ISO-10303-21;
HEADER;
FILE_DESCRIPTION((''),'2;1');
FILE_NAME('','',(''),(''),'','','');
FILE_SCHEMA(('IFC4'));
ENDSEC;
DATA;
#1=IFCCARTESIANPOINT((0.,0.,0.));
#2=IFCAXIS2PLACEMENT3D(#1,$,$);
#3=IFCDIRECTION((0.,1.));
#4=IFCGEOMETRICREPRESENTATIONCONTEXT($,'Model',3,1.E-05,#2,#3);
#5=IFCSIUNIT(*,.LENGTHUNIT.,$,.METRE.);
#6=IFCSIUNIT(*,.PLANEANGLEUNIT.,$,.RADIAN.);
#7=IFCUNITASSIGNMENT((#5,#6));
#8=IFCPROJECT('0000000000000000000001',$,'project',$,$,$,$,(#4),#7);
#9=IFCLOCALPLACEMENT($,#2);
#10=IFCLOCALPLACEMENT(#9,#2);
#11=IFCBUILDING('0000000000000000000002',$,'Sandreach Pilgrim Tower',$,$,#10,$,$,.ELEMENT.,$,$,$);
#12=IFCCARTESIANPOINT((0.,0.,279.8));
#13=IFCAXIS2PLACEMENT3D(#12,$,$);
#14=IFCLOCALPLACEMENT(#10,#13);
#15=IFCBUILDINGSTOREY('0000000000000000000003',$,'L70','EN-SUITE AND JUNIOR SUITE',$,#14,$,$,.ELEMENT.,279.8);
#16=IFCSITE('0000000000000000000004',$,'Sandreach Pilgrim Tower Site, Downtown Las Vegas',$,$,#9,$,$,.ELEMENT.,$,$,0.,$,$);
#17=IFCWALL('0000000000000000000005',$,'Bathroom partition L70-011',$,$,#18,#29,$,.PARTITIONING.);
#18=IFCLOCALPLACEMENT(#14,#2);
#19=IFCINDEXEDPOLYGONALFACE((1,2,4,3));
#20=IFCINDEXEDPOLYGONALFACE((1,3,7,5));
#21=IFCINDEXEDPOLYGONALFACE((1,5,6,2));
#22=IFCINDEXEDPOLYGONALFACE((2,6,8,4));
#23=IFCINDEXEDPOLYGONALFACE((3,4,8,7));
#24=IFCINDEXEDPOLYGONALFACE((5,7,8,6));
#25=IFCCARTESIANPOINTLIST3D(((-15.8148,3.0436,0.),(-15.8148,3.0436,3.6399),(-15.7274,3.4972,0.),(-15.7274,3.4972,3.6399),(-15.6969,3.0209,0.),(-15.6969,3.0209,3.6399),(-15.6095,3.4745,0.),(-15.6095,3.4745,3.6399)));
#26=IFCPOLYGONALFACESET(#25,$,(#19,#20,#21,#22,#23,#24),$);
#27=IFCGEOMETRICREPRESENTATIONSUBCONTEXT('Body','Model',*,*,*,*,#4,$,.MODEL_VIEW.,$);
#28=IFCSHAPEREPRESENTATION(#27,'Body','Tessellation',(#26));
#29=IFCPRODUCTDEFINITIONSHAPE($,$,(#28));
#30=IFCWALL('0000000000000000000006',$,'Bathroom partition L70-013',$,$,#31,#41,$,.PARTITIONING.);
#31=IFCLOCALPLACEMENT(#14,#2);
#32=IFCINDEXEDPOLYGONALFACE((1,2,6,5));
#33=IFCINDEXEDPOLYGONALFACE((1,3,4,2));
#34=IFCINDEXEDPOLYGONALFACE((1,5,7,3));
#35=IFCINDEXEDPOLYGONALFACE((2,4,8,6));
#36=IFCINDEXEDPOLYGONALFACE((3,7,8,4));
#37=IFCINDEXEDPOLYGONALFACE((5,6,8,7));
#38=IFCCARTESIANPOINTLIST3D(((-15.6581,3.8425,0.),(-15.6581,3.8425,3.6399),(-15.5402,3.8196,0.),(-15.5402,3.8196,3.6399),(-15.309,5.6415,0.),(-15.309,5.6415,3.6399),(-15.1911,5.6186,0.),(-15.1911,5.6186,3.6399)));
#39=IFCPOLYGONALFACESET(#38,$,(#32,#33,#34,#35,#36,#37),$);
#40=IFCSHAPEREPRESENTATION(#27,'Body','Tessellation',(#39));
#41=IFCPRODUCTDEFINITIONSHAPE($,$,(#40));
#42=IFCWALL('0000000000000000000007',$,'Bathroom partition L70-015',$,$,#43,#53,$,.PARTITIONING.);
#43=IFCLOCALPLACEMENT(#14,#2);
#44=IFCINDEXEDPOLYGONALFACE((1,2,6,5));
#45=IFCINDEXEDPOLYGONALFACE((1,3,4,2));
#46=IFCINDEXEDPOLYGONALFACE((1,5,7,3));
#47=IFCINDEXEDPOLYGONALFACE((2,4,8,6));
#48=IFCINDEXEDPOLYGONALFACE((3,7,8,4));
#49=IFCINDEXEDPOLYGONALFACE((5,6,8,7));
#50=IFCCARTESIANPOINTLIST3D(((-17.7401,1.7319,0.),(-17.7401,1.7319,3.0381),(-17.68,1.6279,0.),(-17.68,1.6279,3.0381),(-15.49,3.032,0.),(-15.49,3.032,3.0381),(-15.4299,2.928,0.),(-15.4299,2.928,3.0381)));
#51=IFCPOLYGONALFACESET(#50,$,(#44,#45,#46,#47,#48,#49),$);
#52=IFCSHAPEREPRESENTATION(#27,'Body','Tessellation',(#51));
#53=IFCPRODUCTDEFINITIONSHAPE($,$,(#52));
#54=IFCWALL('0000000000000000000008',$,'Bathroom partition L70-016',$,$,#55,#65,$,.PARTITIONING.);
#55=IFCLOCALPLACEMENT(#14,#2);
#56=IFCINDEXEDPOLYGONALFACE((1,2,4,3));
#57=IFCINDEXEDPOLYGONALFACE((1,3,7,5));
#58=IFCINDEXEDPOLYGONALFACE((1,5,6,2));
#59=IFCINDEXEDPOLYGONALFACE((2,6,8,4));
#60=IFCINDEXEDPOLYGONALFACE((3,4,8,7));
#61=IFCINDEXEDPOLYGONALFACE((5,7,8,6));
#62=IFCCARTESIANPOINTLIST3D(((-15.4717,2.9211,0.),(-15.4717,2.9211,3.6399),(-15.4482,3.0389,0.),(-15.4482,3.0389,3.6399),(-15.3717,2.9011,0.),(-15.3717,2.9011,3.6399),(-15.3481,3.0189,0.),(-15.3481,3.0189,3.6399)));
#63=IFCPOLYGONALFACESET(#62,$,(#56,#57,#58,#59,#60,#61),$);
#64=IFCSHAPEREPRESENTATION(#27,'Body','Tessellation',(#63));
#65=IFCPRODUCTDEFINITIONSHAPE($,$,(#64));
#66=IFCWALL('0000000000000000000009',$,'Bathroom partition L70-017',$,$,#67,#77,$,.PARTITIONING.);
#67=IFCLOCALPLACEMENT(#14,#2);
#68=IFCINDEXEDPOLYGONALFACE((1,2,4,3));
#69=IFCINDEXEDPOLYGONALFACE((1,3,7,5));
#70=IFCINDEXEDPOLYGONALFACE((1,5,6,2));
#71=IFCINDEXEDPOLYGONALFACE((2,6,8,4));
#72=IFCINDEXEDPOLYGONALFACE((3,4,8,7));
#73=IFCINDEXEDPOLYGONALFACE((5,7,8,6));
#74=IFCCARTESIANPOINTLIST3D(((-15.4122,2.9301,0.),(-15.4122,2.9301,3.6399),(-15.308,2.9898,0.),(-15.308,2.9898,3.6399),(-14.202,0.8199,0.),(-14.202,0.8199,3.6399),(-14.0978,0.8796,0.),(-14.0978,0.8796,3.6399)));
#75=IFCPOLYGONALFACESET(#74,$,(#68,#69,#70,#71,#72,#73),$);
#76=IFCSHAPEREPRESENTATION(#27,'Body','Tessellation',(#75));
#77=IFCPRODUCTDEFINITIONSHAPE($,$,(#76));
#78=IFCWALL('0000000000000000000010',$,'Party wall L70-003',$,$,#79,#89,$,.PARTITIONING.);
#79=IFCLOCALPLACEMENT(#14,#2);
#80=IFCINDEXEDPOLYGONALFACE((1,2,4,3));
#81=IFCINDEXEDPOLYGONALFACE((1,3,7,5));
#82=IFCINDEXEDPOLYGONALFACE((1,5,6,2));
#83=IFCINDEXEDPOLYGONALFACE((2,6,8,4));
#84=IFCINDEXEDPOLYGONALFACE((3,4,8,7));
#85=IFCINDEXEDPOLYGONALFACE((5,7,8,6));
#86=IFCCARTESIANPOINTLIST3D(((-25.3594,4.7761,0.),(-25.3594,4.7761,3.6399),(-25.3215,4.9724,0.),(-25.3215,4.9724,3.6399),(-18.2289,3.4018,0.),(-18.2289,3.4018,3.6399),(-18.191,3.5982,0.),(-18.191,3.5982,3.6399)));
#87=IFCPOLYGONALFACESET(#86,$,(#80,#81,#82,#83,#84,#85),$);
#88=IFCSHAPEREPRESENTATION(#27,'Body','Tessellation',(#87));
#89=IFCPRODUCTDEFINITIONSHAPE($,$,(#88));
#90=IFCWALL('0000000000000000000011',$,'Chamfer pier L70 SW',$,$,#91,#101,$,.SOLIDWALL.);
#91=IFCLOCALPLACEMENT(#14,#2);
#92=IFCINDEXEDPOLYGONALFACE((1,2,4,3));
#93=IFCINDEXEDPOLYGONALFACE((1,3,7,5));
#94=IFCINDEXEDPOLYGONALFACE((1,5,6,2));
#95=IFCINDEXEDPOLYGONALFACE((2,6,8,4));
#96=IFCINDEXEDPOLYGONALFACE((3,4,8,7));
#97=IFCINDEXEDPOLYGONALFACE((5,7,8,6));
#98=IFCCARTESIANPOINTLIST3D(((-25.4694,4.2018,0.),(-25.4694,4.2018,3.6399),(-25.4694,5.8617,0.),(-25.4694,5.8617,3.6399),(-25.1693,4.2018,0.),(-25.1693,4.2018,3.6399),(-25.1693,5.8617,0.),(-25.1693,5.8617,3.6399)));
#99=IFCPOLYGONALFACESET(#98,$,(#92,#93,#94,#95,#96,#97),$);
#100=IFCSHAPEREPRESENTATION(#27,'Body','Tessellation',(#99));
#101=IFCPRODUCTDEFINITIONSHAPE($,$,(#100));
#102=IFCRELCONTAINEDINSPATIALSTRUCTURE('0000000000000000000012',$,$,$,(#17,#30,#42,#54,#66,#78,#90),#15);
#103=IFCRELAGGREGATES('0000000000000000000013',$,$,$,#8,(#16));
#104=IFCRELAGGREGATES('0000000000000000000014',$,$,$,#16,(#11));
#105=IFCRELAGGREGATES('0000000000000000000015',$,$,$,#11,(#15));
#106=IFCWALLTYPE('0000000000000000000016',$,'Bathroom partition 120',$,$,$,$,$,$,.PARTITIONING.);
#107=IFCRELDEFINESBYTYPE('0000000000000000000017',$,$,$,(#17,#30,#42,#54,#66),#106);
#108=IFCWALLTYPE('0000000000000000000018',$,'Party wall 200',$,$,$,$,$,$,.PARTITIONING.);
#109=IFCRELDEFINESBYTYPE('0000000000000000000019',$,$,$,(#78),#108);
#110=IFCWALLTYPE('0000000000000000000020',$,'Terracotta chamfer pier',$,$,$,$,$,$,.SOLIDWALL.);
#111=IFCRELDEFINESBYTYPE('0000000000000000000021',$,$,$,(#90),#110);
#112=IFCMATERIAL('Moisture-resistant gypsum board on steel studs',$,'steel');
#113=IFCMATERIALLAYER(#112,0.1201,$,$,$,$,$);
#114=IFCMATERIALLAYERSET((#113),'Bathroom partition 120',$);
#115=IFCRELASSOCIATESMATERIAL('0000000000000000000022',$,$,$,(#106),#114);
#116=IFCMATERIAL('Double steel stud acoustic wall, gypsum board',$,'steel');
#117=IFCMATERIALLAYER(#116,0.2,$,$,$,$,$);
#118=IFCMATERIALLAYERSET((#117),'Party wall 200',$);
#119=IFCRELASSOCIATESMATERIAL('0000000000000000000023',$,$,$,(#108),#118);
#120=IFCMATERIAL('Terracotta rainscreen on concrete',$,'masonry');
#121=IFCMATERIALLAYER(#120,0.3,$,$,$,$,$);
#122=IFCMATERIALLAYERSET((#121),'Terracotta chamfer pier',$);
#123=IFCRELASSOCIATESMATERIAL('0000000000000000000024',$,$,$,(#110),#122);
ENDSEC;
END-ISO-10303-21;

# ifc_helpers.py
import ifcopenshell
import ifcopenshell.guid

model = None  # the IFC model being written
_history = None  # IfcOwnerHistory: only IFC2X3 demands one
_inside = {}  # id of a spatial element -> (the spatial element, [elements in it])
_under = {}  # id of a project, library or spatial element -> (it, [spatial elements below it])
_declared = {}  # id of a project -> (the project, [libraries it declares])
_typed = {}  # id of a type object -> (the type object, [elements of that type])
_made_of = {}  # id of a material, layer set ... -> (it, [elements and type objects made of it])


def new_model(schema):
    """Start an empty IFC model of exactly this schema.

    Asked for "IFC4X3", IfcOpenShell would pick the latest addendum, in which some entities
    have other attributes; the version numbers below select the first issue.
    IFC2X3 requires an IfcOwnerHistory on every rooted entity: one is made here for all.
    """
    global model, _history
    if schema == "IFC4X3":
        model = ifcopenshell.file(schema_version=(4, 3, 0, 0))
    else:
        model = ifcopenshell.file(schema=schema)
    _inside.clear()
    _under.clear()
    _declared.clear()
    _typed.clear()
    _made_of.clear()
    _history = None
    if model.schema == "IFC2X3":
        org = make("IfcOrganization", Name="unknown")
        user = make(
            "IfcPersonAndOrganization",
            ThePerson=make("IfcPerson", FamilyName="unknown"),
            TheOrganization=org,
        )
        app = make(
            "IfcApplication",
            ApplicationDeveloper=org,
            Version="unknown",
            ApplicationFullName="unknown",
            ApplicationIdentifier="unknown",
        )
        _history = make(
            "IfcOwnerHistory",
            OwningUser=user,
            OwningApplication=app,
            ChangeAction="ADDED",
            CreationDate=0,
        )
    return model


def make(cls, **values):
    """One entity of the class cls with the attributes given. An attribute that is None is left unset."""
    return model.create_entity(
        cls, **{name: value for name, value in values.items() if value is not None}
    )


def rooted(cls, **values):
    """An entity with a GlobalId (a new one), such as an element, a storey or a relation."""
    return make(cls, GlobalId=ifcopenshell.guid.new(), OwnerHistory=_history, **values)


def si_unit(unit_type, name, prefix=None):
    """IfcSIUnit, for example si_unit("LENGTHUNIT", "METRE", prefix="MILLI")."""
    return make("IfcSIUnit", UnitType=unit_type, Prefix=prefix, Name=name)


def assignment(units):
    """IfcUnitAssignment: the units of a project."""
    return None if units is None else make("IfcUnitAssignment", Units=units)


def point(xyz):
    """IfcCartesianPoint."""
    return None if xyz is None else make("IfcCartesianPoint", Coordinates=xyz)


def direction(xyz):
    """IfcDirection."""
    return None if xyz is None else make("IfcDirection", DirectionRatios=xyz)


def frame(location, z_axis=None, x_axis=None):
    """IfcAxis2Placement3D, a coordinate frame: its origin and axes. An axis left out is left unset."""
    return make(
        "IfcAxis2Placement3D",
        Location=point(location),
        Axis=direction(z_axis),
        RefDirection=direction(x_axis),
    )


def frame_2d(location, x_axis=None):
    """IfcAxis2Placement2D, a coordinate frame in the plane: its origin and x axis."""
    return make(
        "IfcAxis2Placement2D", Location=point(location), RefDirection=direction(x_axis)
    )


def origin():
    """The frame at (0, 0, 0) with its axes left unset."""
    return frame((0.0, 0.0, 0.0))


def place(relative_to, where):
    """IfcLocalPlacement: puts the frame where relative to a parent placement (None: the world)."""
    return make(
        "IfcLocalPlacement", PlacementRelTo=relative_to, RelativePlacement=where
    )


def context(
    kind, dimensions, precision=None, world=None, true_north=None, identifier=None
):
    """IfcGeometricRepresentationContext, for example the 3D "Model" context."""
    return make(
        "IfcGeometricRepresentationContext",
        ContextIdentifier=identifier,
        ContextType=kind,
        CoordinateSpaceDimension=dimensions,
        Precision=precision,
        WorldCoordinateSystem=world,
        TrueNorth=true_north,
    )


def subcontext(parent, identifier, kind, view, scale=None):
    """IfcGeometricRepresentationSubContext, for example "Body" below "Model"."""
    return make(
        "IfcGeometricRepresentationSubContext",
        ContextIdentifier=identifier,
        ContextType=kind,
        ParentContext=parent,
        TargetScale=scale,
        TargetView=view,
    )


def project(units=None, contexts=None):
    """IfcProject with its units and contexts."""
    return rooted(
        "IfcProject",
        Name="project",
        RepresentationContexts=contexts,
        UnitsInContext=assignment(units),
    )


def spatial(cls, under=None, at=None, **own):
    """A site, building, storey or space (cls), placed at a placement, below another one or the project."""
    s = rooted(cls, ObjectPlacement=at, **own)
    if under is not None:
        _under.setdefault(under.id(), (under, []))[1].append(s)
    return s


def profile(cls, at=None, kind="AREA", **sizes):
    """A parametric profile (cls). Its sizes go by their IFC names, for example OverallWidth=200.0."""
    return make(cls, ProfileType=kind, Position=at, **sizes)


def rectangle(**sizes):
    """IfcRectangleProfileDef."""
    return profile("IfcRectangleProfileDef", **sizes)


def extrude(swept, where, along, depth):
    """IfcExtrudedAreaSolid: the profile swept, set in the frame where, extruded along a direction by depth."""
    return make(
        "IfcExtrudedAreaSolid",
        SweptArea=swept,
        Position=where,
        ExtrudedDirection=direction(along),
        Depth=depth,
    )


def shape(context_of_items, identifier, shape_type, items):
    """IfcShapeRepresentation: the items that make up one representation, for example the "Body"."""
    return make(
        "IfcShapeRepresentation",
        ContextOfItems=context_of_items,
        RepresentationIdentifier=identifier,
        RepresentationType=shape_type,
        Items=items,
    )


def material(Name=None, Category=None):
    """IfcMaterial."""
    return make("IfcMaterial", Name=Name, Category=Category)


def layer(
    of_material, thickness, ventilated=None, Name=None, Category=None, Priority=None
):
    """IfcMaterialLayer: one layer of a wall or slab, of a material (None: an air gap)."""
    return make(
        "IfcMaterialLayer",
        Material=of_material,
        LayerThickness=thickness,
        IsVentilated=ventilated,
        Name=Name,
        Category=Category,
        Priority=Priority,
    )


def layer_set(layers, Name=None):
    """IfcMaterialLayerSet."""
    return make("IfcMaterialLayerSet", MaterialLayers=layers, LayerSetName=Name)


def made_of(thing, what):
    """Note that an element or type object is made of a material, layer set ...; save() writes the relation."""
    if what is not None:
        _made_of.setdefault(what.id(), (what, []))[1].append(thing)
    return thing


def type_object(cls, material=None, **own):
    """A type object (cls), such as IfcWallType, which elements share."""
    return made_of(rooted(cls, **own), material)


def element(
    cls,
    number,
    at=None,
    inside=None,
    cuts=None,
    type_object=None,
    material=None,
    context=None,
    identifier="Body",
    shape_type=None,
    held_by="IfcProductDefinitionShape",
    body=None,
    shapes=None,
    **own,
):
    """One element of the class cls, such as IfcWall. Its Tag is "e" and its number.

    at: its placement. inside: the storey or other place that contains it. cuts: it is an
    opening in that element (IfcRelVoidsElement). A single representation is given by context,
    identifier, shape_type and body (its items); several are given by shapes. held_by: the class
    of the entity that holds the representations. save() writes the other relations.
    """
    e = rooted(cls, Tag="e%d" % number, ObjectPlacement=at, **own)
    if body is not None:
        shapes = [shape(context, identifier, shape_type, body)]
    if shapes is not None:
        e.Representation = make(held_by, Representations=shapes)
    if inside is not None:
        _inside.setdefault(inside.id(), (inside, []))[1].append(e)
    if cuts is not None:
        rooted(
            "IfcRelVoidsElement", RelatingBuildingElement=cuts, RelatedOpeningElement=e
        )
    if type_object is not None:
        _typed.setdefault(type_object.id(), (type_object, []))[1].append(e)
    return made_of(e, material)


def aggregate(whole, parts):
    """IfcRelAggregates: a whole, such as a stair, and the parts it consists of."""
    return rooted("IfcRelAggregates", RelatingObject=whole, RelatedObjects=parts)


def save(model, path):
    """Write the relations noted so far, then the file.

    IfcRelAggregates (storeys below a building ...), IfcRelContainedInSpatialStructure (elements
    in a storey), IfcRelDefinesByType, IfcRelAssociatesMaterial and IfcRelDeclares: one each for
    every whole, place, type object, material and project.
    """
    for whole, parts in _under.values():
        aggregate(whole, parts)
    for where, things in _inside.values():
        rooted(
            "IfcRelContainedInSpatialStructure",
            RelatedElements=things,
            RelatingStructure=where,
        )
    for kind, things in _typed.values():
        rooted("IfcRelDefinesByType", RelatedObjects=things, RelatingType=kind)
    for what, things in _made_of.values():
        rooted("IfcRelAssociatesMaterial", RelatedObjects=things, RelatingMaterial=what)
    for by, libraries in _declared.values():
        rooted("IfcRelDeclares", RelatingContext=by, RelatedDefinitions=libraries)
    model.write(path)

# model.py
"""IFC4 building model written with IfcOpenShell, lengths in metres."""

from ifc_helpers import new_model, si_unit, direction, frame, frame_2d, origin, place, context, subcontext, project, spatial, rectangle, extrude, material, layer, layer_set, type_object, element, save


model = new_model("IFC4")

# Units and contexts
model_context = context("Model", 3, precision=1e-05, world=origin(), true_north=direction((0.0, 1.0)))
body_context = subcontext(model_context, "Body", "Model", "MODEL_VIEW")
ifc_project = project(units=[si_unit("LENGTHUNIT", "METRE"), si_unit("PLANEANGLEUNIT", "RADIAN")], contexts=[model_context])

# Site, building, storey
site_placement = place(None, origin())
site = spatial("IfcSite", under=ifc_project, at=site_placement, Name="Sandreach Pilgrim Tower Site, Downtown Las Vegas", CompositionType="ELEMENT", RefElevation=0.0)
building_placement = place(site_placement, origin())
building = spatial("IfcBuilding", under=site, at=building_placement, Name="Sandreach Pilgrim Tower", CompositionType="ELEMENT")
storey_placement = place(building_placement, frame((0.0, 0.0, 279.8)))
storey = spatial("IfcBuildingStorey", under=building, at=storey_placement, Name="L70", Description="EN-SUITE AND JUNIOR SUITE", CompositionType="ELEMENT", Elevation=279.8)

# Shared definitions
ifc_material_1 = material(Name="Moisture-resistant gypsum board on steel studs", Category="steel")
ifc_layer_1 = layer(ifc_material_1, 0.1201)
ifc_layer_set_1 = layer_set([ifc_layer_1], Name="Bathroom partition 120")
wall_type_1 = type_object("IfcWallType", Name="Bathroom partition 120", PredefinedType="PARTITIONING", material=ifc_layer_set_1)

# Walls
wall_1_placement = place(storey_placement, frame((-15.6685, 3.4858, 0.0), z_axis=(0.0, 0.0, 1.0), x_axis=(-0.1892, -0.981939, 0.0)))
element("IfcWall", 1, at=wall_1_placement, inside=storey, type_object=wall_type_1, Name="Bathroom partition L70-011", PredefinedType="PARTITIONING", context=body_context, shape_type="SweptSolid", body=[
    extrude(rectangle(XDim=0.4619, YDim=0.1201, at=frame_2d((0.231, 0.0))), origin(), (0.0, 0.0, 1.0), 3.6399),
])
wall_2_placement = place(storey_placement, frame((-15.5991, 3.8311, 0.0), z_axis=(0.0, 0.0, 1.0), x_axis=(0.190502, 0.981687, 0.0)))
element("IfcWall", 2, at=wall_2_placement, inside=storey, type_object=wall_type_1, Name="Bathroom partition L70-013", PredefinedType="PARTITIONING", context=body_context, shape_type="SweptSolid", body=[
    extrude(rectangle(XDim=1.8325, YDim=0.1201, at=frame_2d((0.9163, 0.0))), origin(), (0.0, 0.0, 1.0), 3.6399),
])
wall_3_placement = place(storey_placement, frame((-15.46, 2.98, 0.0), z_axis=(0.0, 0.0, 1.0), x_axis=(-0.865857, -0.500292, 0.0)))
element("IfcWall", 3, at=wall_3_placement, inside=storey, type_object=wall_type_1, Name="Bathroom partition L70-015", PredefinedType="PARTITIONING", context=body_context, shape_type="SweptSolid", body=[
    extrude(rectangle(XDim=2.5986, YDim=0.1201, at=frame_2d((1.2993, 0.0))), origin(), (0.0, 0.0, 1.0), 3.0381),
])
wall_4_placement = place(storey_placement, frame((-15.46, 2.98, 0.0), z_axis=(0.0, 0.0, 1.0), x_axis=(0.980581, -0.196116, 0.0)))
element("IfcWall", 4, at=wall_4_placement, inside=storey, type_object=wall_type_1, Name="Bathroom partition L70-016", PredefinedType="PARTITIONING", context=body_context, shape_type="SweptSolid", body=[
    extrude(rectangle(XDim=0.1021, YDim=0.1201, at=frame_2d((0.051, 0.0))), origin(), (0.0, 0.0, 1.0), 3.6399),
])
wall_5_placement = place(storey_placement, frame((-15.3601, 2.96, 0.0), z_axis=(0.0, 0.0, 1.0), x_axis=(0.497511, -0.867458, 0.0)))
element("IfcWall", 5, at=wall_5_placement, inside=storey, type_object=wall_type_1, Name="Bathroom partition L70-017", PredefinedType="PARTITIONING", context=body_context, shape_type="SweptSolid", body=[
    extrude(rectangle(XDim=2.4326, YDim=0.1201, at=frame_2d((1.2163, 0.0))), origin(), (0.0, 0.0, 1.0), 3.6399),
])

# Walls
ifc_material_2 = material(Name="Double steel stud acoustic wall, gypsum board", Category="steel")
ifc_layer_2 = layer(ifc_material_2, 0.2)
ifc_layer_set_2 = layer_set([ifc_layer_2], Name="Party wall 200")
wall_type_2 = type_object("IfcWallType", Name="Party wall 200", PredefinedType="PARTITIONING", material=ifc_layer_set_2)
wall_6_placement = place(storey_placement, frame((-18.21, 3.5, 0.0), z_axis=(0.0, 0.0, 1.0), x_axis=(-0.98193, 0.189245, 0.0)))
element("IfcWall", 6, at=wall_6_placement, inside=storey, type_object=wall_type_2, Name="Party wall L70-003", PredefinedType="PARTITIONING", context=body_context, shape_type="SweptSolid", body=[
    extrude(rectangle(XDim=7.2617, YDim=0.2, at=frame_2d((3.6309, 0.0))), origin(), (0.0, 0.0, 1.0), 3.6399),
])
ifc_material_3 = material(Name="Terracotta rainscreen on concrete", Category="masonry")
ifc_layer_3 = layer(ifc_material_3, 0.3)
ifc_layer_set_3 = layer_set([ifc_layer_3], Name="Terracotta chamfer pier")
wall_type_3 = type_object("IfcWallType", Name="Terracotta chamfer pier", PredefinedType="SOLIDWALL", material=ifc_layer_set_3)
wall_7_placement = place(storey_placement, frame((-25.3193, 4.2017, 0.0), z_axis=(0.0, 0.0, 1.0), x_axis=(0.0, 1.0, 0.0)))
element("IfcWall", 7, at=wall_7_placement, inside=storey, type_object=wall_type_3, Name="Chamfer pier L70 SW", PredefinedType="SOLIDWALL", context=body_context, shape_type="SweptSolid", body=[
    extrude(rectangle(XDim=1.6599, YDim=0.3, at=frame_2d((0.8301, 0.0))), origin(), (0.0, 0.0, 1.0), 3.6399),
])

save(model, "model.ifc")
